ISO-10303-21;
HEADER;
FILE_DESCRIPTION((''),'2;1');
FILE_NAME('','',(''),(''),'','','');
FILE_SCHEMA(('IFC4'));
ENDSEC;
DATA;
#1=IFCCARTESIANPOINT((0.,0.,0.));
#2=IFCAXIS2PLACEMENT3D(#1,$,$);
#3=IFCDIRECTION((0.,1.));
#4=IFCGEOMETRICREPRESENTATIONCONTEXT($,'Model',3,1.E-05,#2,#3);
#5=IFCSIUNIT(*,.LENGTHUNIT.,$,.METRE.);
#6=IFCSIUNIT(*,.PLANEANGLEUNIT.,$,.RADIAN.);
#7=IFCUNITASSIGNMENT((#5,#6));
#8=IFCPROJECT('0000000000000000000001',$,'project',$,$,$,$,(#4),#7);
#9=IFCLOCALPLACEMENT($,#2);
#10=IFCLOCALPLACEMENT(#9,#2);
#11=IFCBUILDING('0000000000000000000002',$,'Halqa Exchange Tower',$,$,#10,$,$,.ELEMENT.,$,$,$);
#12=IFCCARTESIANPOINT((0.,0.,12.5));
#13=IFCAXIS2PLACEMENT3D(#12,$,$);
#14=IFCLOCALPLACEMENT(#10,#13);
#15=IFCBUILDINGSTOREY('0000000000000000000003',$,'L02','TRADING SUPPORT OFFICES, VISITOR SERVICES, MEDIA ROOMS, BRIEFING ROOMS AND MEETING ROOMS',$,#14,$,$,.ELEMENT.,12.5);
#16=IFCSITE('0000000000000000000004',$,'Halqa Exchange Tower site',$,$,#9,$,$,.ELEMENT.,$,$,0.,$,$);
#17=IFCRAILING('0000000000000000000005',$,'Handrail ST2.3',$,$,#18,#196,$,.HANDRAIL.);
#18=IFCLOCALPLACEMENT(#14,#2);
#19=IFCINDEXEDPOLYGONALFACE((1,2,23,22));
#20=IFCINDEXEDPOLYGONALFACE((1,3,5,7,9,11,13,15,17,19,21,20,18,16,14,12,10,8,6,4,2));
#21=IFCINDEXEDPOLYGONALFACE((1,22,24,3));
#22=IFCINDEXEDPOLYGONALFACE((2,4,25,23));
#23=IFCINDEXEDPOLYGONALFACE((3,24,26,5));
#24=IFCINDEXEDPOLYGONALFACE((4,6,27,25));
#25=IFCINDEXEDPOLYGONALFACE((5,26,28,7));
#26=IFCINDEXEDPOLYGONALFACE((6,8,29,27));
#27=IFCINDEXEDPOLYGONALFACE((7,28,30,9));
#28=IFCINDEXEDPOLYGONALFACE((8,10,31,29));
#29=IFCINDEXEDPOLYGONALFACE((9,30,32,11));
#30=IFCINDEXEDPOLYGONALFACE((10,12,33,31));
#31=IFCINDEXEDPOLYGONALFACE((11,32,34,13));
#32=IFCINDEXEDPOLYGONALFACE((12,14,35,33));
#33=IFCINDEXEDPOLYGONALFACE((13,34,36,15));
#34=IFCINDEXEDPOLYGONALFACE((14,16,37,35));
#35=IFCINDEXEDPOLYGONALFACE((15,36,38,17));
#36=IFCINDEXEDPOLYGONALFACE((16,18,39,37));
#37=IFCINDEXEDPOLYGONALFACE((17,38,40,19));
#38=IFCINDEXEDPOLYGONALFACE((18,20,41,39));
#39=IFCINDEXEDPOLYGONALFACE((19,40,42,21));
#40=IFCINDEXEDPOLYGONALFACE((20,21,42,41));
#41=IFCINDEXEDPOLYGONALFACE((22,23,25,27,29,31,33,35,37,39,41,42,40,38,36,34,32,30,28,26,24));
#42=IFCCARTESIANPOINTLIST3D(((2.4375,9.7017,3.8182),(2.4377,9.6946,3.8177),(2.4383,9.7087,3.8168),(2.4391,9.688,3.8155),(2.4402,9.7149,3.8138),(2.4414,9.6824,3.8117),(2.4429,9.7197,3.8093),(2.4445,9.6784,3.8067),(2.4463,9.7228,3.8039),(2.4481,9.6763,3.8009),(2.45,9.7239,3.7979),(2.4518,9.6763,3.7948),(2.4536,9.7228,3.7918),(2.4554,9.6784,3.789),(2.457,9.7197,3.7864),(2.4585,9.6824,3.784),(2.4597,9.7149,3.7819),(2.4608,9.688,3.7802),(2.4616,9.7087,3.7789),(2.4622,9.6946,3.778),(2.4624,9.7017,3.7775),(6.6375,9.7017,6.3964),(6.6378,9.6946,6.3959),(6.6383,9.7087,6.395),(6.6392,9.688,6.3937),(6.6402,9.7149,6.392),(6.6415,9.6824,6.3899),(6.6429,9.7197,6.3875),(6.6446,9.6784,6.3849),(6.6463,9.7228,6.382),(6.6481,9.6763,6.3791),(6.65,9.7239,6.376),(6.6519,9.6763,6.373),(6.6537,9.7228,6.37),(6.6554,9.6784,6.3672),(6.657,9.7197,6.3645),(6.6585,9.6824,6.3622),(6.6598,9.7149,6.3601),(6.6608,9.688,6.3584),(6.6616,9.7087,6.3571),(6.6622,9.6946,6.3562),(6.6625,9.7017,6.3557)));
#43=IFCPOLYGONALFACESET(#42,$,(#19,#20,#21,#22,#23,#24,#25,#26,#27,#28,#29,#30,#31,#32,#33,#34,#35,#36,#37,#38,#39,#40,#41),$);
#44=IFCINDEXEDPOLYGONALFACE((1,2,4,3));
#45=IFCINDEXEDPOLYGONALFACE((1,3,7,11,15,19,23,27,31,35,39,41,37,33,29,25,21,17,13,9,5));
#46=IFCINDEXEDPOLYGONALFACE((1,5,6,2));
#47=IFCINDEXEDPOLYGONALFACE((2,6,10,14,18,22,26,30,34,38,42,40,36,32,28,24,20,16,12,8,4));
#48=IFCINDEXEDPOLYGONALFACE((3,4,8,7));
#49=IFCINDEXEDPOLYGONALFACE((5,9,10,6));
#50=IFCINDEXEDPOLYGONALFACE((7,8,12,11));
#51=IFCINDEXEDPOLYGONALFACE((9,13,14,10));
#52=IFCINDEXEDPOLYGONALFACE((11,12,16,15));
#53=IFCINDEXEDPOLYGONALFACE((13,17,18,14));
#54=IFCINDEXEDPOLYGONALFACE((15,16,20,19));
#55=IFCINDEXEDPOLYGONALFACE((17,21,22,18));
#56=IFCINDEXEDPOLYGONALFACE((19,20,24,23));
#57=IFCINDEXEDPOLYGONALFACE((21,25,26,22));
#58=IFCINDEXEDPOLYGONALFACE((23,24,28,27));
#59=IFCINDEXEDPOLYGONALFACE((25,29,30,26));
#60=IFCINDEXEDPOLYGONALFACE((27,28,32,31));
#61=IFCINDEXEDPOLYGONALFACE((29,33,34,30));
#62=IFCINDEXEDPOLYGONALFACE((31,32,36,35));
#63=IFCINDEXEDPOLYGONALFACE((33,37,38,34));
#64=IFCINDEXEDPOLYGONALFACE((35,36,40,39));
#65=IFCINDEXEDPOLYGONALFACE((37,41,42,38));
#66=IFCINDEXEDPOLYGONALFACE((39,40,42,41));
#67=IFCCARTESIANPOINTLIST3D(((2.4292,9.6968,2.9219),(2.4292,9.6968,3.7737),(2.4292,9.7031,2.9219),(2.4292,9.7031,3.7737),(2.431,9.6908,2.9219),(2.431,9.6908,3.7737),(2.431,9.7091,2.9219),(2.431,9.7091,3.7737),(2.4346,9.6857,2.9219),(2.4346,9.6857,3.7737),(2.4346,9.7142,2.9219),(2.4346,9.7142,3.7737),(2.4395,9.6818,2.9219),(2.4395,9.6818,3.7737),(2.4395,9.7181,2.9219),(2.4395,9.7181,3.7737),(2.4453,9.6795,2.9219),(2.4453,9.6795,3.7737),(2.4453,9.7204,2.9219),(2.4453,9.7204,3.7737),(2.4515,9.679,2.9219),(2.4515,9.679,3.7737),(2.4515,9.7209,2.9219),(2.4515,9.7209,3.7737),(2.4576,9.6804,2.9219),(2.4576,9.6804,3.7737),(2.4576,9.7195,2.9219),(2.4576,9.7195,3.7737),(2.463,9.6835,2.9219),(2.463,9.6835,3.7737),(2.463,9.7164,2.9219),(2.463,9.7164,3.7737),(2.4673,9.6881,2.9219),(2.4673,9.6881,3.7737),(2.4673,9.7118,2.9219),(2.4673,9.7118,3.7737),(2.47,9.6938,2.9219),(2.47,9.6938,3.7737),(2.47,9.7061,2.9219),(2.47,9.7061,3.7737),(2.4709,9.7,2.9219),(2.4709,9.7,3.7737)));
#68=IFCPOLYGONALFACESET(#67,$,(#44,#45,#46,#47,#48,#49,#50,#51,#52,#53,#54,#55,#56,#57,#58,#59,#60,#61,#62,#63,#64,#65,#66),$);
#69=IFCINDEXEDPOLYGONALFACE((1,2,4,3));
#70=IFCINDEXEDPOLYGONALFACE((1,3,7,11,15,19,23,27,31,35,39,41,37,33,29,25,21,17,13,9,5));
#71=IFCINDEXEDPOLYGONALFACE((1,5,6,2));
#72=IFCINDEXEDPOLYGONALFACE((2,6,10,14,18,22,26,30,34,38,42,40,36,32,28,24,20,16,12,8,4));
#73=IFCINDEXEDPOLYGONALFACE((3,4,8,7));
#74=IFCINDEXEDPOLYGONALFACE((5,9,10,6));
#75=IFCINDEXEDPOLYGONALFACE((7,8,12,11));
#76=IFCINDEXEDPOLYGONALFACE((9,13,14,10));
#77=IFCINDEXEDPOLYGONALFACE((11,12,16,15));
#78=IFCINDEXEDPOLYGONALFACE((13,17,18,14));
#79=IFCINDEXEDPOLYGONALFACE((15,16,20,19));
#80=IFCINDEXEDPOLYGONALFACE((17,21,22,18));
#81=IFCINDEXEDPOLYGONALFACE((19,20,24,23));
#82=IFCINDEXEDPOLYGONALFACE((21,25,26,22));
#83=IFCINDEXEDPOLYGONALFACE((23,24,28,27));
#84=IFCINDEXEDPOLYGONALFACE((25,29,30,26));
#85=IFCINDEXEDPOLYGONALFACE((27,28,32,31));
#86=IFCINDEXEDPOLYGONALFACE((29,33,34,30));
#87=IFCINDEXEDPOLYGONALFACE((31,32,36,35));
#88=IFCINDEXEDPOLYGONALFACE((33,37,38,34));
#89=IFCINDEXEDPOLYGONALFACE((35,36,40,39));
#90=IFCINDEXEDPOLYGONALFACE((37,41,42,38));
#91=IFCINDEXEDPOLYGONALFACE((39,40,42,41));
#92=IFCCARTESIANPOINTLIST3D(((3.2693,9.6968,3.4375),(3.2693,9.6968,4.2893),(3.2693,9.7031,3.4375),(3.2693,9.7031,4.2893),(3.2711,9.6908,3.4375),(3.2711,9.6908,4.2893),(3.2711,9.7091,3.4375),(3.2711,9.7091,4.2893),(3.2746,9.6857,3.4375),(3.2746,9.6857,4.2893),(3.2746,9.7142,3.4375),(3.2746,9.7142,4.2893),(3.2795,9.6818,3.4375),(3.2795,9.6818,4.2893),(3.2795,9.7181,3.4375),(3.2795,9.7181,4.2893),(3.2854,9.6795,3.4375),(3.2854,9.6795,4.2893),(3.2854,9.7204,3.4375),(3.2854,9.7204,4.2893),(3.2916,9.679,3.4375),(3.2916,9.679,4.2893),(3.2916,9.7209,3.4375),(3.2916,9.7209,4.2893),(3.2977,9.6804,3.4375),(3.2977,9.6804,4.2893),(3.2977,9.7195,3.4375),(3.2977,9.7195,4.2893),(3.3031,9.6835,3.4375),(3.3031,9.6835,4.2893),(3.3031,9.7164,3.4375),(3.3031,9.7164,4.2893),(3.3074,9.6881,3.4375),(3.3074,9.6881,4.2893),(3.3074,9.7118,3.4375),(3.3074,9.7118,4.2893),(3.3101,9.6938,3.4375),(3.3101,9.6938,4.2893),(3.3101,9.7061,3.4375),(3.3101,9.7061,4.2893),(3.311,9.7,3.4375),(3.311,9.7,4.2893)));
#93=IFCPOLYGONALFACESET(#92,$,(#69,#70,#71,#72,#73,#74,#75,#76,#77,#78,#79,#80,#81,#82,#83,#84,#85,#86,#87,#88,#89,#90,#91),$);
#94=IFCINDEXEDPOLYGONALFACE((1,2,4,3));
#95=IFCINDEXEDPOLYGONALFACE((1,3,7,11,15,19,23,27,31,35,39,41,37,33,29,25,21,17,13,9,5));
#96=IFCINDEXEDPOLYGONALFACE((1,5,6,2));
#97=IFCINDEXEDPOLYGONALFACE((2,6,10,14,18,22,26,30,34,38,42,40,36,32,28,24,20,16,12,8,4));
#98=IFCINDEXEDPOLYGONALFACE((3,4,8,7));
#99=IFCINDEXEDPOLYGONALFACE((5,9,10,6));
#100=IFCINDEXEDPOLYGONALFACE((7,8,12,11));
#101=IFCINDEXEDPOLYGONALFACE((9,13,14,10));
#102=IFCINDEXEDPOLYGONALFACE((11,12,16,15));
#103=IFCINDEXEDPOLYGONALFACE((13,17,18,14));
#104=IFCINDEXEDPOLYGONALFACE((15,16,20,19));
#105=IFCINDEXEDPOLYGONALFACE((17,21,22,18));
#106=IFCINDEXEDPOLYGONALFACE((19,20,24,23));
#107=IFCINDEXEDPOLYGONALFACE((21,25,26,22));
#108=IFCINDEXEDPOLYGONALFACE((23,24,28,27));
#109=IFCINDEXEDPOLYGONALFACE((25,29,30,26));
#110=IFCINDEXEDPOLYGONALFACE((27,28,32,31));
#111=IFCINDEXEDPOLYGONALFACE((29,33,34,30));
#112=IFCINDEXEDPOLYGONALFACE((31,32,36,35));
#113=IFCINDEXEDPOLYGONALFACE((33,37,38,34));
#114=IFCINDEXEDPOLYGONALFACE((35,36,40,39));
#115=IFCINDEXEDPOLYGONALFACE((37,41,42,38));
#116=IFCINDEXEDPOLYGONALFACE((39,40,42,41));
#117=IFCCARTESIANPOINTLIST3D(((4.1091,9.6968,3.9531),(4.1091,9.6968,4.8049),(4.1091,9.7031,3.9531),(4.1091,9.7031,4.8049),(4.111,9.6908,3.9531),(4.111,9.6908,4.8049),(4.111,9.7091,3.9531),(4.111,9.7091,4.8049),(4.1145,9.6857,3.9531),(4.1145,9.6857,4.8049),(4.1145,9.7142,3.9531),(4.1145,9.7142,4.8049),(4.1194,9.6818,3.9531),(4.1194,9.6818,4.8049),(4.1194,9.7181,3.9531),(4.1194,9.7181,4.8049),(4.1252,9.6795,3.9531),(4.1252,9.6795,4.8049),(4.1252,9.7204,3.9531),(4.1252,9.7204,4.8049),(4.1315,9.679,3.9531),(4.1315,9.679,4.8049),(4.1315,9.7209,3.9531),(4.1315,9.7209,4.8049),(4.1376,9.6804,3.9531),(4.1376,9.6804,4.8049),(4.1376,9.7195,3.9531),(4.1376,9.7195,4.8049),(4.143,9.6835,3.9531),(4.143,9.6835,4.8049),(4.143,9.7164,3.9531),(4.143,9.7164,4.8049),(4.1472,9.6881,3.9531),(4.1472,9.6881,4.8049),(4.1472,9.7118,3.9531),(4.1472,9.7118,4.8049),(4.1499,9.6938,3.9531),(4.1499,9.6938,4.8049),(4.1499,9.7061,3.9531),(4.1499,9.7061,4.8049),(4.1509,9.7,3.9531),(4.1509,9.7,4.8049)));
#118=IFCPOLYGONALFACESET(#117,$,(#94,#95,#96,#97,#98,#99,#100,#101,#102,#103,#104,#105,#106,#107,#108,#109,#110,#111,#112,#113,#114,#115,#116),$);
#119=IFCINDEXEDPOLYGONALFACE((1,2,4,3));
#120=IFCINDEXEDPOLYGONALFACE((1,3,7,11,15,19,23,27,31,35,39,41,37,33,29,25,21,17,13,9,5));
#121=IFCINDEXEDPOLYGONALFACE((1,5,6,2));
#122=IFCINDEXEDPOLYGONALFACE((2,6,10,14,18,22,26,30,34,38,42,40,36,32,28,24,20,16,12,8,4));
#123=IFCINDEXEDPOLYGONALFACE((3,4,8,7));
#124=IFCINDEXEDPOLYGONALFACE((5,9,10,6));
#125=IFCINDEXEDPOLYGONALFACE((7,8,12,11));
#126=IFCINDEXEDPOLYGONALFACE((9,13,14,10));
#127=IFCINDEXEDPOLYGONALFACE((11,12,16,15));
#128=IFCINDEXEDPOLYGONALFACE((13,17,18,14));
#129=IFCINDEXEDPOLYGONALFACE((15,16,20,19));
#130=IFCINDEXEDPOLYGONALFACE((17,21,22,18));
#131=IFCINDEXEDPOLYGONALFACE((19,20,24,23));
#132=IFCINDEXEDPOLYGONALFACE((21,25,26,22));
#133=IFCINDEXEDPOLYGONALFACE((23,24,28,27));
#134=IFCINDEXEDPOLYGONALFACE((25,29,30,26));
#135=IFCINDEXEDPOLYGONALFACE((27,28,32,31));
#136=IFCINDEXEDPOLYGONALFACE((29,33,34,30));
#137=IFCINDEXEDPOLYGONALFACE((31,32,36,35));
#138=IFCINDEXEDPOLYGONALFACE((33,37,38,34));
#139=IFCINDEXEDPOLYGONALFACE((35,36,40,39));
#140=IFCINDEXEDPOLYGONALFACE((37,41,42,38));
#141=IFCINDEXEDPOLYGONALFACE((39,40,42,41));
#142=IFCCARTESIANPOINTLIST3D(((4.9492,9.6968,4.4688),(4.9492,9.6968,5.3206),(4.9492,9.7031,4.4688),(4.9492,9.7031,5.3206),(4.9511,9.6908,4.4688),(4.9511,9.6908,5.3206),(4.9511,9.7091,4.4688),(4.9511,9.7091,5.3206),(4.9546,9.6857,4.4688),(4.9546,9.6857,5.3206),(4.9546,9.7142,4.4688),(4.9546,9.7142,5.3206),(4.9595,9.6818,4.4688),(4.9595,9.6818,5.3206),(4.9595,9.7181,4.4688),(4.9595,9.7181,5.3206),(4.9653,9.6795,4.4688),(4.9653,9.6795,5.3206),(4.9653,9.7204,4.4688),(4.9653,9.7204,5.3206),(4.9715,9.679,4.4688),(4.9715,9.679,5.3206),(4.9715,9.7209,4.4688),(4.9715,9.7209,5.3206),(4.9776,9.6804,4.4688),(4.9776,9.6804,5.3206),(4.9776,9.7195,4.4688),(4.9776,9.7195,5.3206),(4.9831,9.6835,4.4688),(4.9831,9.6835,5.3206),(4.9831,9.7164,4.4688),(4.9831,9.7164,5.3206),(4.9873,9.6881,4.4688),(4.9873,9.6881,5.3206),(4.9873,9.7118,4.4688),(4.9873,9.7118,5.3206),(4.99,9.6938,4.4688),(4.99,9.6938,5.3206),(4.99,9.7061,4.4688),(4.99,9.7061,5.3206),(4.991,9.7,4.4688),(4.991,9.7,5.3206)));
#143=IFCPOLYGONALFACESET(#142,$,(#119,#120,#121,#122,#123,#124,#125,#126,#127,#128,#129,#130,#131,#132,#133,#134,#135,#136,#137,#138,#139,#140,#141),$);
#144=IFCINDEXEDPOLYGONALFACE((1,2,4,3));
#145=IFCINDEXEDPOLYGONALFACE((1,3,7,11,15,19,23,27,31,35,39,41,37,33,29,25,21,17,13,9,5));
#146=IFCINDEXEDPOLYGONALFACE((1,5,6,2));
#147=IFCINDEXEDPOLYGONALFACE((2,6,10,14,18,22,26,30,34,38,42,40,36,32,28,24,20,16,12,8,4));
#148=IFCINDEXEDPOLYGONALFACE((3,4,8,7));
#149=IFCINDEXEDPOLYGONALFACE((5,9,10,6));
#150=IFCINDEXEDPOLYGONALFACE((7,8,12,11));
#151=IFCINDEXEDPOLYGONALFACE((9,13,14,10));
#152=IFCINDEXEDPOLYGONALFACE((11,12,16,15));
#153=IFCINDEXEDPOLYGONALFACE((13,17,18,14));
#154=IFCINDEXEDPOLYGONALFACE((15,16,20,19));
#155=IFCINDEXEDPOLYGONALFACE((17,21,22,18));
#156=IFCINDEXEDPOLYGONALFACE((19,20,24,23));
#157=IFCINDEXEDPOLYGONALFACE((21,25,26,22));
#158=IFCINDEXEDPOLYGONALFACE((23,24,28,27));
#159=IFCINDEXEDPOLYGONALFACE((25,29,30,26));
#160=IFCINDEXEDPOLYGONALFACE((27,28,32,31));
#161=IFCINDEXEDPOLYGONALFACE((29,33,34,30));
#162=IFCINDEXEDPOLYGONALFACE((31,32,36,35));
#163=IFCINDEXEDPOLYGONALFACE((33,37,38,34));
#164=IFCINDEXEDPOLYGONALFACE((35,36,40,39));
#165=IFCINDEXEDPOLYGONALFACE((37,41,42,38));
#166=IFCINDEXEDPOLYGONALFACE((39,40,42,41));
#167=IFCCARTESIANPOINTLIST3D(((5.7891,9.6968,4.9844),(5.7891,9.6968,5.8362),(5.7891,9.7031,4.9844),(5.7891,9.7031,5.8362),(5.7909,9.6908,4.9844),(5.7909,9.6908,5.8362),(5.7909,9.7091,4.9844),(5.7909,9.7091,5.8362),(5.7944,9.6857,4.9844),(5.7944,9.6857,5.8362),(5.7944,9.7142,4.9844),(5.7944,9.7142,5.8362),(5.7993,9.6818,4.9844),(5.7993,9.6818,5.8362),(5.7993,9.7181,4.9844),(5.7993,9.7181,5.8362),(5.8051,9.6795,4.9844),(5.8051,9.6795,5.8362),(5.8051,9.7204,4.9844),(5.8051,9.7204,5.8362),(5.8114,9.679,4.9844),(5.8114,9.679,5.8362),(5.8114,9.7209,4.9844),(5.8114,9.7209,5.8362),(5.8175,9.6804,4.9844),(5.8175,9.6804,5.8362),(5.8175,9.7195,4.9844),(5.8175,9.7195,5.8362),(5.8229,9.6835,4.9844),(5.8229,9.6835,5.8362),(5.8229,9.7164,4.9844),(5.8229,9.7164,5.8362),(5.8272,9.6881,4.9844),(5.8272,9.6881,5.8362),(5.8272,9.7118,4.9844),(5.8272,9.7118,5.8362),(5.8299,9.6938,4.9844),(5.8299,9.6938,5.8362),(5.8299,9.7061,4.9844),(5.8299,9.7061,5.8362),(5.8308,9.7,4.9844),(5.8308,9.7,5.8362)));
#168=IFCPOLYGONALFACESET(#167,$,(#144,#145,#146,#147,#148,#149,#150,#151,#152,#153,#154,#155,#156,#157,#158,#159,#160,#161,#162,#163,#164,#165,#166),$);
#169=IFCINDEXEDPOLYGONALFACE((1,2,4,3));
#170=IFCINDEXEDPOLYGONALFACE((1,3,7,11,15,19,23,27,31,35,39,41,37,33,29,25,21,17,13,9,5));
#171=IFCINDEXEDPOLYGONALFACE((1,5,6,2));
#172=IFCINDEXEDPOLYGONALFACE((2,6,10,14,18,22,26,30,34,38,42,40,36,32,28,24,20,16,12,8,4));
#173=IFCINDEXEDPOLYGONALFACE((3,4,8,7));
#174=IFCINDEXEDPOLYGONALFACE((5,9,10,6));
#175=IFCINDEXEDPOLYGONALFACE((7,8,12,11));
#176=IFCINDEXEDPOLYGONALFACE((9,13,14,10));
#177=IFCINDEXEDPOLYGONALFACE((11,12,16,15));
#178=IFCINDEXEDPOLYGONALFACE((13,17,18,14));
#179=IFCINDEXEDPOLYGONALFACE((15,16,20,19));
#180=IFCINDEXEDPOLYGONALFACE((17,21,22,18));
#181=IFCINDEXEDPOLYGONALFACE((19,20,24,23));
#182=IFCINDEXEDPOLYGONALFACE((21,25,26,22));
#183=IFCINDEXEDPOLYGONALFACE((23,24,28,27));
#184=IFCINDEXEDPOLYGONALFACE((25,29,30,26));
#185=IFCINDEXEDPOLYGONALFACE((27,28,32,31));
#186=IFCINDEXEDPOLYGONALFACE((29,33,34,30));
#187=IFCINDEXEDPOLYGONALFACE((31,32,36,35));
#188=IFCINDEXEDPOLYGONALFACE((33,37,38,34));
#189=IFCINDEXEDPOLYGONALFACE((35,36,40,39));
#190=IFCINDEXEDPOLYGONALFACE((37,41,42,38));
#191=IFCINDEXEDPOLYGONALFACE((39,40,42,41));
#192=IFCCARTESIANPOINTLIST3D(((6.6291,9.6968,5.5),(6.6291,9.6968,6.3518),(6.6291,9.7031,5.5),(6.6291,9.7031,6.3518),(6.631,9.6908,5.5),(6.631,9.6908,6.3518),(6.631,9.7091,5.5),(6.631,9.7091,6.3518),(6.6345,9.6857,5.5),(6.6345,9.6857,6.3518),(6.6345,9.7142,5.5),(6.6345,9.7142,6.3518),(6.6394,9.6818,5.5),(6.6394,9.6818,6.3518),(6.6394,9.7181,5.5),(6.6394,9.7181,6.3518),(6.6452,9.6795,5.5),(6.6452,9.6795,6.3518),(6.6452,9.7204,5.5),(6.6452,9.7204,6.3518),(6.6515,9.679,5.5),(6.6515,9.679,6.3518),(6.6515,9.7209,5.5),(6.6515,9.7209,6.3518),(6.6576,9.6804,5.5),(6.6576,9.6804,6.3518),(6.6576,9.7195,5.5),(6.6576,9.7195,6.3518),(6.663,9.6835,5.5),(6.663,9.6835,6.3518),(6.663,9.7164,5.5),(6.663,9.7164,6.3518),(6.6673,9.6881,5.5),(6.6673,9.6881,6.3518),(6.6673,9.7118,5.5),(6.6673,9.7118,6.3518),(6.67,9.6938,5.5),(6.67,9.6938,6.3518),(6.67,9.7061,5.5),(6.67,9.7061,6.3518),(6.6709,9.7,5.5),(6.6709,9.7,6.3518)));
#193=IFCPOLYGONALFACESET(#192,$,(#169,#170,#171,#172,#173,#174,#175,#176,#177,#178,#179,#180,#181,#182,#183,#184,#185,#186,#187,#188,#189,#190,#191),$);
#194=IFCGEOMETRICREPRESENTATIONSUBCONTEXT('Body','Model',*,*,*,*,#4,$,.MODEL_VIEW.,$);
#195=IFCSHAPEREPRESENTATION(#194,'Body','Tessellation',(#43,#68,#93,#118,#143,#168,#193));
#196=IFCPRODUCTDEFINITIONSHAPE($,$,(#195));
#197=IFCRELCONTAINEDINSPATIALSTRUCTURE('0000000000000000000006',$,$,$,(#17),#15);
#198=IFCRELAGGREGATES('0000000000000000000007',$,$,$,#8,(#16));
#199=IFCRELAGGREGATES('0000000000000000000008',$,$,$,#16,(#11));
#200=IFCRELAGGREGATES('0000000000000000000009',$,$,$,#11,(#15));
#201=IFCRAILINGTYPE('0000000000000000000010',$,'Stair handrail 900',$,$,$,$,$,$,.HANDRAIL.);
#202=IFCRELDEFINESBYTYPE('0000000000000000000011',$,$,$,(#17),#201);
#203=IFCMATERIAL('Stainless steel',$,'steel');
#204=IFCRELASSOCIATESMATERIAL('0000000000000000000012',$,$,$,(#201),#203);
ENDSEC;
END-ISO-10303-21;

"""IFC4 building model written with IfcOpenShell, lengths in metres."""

from ifc_helpers import new_model, si_unit, direction, frame, origin, origin_2d, place, context, subcontext, project, spatial, circle, extrude, material, type_object, element, save


model = new_model("IFC4")

# Units and contexts
model_context = context("Model", 3, precision=1e-05, world=origin(), true_north=direction((0.0, 1.0)))
body_context = subcontext(model_context, "Body", "Model", "MODEL_VIEW")
ifc_project = project(units=[si_unit("LENGTHUNIT", "METRE"), si_unit("PLANEANGLEUNIT", "RADIAN")], contexts=[model_context])

# Site, building, storey
site_placement = place(None, origin())
site = spatial("IfcSite", under=ifc_project, at=site_placement, Name="Halqa Exchange Tower site", CompositionType="ELEMENT", RefElevation=0.0)
building_placement = place(site_placement, origin())
building = spatial("IfcBuilding", under=site, at=building_placement, Name="Halqa Exchange Tower", CompositionType="ELEMENT")
storey_placement = place(building_placement, frame((0.0, 0.0, 12.5)))
storey = spatial("IfcBuildingStorey", under=building, at=storey_placement, Name="L02", Description="TRADING SUPPORT OFFICES, VISITOR SERVICES, MEDIA ROOMS, BRIEFING ROOMS AND MEETING ROOMS", CompositionType="ELEMENT", Elevation=12.5)

# Railing
ifc_material_1 = material(Name="Stainless steel", Category="steel")
railing_type_1 = type_object("IfcRailingType", Name="Stair handrail 900", PredefinedType="HANDRAIL", material=ifc_material_1)
for number, where, name in (
    (1, (2.45, 9.7, 2.9219), "Handrail ST2.3"),
):
    element("IfcRailing", number, at=place(storey_placement, frame(where)), inside=storey, type_object=railing_type_1, Name=name, PredefinedType="HANDRAIL", context=body_context, shape_type="SweptSolid", body=[
        extrude(circle(Radius=0.0239, at=origin_2d()), frame((0.0, 0.0, 0.876), z_axis=(0.852243, 0.0, 0.523146), x_axis=(0.0, 1.0, 0.0)), (0.0, 0.0, 1.0), 4.9282),
        extrude(circle(Radius=0.021, at=origin_2d()), origin(), (0.0, 0.0, 1.0), 0.8518),
        extrude(circle(Radius=0.021, at=origin_2d()), frame((0.8401, 0.0, 0.5156)), (0.0, 0.0, 1.0), 0.8518),
        extrude(circle(Radius=0.021, at=origin_2d()), frame((1.6799, 0.0, 1.0312)), (0.0, 0.0, 1.0), 0.8518),
        extrude(circle(Radius=0.021, at=origin_2d()), frame((2.52, 0.0, 1.5469)), (0.0, 0.0, 1.0), 0.8518),
        extrude(circle(Radius=0.021, at=origin_2d()), frame((3.3599, 0.0, 2.0625)), (0.0, 0.0, 1.0), 0.8518),
        extrude(circle(Radius=0.021, at=origin_2d()), frame((4.2, 0.0, 2.5781)), (0.0, 0.0, 1.0), 0.8518),
    ])

save(model, "model.ifc")
